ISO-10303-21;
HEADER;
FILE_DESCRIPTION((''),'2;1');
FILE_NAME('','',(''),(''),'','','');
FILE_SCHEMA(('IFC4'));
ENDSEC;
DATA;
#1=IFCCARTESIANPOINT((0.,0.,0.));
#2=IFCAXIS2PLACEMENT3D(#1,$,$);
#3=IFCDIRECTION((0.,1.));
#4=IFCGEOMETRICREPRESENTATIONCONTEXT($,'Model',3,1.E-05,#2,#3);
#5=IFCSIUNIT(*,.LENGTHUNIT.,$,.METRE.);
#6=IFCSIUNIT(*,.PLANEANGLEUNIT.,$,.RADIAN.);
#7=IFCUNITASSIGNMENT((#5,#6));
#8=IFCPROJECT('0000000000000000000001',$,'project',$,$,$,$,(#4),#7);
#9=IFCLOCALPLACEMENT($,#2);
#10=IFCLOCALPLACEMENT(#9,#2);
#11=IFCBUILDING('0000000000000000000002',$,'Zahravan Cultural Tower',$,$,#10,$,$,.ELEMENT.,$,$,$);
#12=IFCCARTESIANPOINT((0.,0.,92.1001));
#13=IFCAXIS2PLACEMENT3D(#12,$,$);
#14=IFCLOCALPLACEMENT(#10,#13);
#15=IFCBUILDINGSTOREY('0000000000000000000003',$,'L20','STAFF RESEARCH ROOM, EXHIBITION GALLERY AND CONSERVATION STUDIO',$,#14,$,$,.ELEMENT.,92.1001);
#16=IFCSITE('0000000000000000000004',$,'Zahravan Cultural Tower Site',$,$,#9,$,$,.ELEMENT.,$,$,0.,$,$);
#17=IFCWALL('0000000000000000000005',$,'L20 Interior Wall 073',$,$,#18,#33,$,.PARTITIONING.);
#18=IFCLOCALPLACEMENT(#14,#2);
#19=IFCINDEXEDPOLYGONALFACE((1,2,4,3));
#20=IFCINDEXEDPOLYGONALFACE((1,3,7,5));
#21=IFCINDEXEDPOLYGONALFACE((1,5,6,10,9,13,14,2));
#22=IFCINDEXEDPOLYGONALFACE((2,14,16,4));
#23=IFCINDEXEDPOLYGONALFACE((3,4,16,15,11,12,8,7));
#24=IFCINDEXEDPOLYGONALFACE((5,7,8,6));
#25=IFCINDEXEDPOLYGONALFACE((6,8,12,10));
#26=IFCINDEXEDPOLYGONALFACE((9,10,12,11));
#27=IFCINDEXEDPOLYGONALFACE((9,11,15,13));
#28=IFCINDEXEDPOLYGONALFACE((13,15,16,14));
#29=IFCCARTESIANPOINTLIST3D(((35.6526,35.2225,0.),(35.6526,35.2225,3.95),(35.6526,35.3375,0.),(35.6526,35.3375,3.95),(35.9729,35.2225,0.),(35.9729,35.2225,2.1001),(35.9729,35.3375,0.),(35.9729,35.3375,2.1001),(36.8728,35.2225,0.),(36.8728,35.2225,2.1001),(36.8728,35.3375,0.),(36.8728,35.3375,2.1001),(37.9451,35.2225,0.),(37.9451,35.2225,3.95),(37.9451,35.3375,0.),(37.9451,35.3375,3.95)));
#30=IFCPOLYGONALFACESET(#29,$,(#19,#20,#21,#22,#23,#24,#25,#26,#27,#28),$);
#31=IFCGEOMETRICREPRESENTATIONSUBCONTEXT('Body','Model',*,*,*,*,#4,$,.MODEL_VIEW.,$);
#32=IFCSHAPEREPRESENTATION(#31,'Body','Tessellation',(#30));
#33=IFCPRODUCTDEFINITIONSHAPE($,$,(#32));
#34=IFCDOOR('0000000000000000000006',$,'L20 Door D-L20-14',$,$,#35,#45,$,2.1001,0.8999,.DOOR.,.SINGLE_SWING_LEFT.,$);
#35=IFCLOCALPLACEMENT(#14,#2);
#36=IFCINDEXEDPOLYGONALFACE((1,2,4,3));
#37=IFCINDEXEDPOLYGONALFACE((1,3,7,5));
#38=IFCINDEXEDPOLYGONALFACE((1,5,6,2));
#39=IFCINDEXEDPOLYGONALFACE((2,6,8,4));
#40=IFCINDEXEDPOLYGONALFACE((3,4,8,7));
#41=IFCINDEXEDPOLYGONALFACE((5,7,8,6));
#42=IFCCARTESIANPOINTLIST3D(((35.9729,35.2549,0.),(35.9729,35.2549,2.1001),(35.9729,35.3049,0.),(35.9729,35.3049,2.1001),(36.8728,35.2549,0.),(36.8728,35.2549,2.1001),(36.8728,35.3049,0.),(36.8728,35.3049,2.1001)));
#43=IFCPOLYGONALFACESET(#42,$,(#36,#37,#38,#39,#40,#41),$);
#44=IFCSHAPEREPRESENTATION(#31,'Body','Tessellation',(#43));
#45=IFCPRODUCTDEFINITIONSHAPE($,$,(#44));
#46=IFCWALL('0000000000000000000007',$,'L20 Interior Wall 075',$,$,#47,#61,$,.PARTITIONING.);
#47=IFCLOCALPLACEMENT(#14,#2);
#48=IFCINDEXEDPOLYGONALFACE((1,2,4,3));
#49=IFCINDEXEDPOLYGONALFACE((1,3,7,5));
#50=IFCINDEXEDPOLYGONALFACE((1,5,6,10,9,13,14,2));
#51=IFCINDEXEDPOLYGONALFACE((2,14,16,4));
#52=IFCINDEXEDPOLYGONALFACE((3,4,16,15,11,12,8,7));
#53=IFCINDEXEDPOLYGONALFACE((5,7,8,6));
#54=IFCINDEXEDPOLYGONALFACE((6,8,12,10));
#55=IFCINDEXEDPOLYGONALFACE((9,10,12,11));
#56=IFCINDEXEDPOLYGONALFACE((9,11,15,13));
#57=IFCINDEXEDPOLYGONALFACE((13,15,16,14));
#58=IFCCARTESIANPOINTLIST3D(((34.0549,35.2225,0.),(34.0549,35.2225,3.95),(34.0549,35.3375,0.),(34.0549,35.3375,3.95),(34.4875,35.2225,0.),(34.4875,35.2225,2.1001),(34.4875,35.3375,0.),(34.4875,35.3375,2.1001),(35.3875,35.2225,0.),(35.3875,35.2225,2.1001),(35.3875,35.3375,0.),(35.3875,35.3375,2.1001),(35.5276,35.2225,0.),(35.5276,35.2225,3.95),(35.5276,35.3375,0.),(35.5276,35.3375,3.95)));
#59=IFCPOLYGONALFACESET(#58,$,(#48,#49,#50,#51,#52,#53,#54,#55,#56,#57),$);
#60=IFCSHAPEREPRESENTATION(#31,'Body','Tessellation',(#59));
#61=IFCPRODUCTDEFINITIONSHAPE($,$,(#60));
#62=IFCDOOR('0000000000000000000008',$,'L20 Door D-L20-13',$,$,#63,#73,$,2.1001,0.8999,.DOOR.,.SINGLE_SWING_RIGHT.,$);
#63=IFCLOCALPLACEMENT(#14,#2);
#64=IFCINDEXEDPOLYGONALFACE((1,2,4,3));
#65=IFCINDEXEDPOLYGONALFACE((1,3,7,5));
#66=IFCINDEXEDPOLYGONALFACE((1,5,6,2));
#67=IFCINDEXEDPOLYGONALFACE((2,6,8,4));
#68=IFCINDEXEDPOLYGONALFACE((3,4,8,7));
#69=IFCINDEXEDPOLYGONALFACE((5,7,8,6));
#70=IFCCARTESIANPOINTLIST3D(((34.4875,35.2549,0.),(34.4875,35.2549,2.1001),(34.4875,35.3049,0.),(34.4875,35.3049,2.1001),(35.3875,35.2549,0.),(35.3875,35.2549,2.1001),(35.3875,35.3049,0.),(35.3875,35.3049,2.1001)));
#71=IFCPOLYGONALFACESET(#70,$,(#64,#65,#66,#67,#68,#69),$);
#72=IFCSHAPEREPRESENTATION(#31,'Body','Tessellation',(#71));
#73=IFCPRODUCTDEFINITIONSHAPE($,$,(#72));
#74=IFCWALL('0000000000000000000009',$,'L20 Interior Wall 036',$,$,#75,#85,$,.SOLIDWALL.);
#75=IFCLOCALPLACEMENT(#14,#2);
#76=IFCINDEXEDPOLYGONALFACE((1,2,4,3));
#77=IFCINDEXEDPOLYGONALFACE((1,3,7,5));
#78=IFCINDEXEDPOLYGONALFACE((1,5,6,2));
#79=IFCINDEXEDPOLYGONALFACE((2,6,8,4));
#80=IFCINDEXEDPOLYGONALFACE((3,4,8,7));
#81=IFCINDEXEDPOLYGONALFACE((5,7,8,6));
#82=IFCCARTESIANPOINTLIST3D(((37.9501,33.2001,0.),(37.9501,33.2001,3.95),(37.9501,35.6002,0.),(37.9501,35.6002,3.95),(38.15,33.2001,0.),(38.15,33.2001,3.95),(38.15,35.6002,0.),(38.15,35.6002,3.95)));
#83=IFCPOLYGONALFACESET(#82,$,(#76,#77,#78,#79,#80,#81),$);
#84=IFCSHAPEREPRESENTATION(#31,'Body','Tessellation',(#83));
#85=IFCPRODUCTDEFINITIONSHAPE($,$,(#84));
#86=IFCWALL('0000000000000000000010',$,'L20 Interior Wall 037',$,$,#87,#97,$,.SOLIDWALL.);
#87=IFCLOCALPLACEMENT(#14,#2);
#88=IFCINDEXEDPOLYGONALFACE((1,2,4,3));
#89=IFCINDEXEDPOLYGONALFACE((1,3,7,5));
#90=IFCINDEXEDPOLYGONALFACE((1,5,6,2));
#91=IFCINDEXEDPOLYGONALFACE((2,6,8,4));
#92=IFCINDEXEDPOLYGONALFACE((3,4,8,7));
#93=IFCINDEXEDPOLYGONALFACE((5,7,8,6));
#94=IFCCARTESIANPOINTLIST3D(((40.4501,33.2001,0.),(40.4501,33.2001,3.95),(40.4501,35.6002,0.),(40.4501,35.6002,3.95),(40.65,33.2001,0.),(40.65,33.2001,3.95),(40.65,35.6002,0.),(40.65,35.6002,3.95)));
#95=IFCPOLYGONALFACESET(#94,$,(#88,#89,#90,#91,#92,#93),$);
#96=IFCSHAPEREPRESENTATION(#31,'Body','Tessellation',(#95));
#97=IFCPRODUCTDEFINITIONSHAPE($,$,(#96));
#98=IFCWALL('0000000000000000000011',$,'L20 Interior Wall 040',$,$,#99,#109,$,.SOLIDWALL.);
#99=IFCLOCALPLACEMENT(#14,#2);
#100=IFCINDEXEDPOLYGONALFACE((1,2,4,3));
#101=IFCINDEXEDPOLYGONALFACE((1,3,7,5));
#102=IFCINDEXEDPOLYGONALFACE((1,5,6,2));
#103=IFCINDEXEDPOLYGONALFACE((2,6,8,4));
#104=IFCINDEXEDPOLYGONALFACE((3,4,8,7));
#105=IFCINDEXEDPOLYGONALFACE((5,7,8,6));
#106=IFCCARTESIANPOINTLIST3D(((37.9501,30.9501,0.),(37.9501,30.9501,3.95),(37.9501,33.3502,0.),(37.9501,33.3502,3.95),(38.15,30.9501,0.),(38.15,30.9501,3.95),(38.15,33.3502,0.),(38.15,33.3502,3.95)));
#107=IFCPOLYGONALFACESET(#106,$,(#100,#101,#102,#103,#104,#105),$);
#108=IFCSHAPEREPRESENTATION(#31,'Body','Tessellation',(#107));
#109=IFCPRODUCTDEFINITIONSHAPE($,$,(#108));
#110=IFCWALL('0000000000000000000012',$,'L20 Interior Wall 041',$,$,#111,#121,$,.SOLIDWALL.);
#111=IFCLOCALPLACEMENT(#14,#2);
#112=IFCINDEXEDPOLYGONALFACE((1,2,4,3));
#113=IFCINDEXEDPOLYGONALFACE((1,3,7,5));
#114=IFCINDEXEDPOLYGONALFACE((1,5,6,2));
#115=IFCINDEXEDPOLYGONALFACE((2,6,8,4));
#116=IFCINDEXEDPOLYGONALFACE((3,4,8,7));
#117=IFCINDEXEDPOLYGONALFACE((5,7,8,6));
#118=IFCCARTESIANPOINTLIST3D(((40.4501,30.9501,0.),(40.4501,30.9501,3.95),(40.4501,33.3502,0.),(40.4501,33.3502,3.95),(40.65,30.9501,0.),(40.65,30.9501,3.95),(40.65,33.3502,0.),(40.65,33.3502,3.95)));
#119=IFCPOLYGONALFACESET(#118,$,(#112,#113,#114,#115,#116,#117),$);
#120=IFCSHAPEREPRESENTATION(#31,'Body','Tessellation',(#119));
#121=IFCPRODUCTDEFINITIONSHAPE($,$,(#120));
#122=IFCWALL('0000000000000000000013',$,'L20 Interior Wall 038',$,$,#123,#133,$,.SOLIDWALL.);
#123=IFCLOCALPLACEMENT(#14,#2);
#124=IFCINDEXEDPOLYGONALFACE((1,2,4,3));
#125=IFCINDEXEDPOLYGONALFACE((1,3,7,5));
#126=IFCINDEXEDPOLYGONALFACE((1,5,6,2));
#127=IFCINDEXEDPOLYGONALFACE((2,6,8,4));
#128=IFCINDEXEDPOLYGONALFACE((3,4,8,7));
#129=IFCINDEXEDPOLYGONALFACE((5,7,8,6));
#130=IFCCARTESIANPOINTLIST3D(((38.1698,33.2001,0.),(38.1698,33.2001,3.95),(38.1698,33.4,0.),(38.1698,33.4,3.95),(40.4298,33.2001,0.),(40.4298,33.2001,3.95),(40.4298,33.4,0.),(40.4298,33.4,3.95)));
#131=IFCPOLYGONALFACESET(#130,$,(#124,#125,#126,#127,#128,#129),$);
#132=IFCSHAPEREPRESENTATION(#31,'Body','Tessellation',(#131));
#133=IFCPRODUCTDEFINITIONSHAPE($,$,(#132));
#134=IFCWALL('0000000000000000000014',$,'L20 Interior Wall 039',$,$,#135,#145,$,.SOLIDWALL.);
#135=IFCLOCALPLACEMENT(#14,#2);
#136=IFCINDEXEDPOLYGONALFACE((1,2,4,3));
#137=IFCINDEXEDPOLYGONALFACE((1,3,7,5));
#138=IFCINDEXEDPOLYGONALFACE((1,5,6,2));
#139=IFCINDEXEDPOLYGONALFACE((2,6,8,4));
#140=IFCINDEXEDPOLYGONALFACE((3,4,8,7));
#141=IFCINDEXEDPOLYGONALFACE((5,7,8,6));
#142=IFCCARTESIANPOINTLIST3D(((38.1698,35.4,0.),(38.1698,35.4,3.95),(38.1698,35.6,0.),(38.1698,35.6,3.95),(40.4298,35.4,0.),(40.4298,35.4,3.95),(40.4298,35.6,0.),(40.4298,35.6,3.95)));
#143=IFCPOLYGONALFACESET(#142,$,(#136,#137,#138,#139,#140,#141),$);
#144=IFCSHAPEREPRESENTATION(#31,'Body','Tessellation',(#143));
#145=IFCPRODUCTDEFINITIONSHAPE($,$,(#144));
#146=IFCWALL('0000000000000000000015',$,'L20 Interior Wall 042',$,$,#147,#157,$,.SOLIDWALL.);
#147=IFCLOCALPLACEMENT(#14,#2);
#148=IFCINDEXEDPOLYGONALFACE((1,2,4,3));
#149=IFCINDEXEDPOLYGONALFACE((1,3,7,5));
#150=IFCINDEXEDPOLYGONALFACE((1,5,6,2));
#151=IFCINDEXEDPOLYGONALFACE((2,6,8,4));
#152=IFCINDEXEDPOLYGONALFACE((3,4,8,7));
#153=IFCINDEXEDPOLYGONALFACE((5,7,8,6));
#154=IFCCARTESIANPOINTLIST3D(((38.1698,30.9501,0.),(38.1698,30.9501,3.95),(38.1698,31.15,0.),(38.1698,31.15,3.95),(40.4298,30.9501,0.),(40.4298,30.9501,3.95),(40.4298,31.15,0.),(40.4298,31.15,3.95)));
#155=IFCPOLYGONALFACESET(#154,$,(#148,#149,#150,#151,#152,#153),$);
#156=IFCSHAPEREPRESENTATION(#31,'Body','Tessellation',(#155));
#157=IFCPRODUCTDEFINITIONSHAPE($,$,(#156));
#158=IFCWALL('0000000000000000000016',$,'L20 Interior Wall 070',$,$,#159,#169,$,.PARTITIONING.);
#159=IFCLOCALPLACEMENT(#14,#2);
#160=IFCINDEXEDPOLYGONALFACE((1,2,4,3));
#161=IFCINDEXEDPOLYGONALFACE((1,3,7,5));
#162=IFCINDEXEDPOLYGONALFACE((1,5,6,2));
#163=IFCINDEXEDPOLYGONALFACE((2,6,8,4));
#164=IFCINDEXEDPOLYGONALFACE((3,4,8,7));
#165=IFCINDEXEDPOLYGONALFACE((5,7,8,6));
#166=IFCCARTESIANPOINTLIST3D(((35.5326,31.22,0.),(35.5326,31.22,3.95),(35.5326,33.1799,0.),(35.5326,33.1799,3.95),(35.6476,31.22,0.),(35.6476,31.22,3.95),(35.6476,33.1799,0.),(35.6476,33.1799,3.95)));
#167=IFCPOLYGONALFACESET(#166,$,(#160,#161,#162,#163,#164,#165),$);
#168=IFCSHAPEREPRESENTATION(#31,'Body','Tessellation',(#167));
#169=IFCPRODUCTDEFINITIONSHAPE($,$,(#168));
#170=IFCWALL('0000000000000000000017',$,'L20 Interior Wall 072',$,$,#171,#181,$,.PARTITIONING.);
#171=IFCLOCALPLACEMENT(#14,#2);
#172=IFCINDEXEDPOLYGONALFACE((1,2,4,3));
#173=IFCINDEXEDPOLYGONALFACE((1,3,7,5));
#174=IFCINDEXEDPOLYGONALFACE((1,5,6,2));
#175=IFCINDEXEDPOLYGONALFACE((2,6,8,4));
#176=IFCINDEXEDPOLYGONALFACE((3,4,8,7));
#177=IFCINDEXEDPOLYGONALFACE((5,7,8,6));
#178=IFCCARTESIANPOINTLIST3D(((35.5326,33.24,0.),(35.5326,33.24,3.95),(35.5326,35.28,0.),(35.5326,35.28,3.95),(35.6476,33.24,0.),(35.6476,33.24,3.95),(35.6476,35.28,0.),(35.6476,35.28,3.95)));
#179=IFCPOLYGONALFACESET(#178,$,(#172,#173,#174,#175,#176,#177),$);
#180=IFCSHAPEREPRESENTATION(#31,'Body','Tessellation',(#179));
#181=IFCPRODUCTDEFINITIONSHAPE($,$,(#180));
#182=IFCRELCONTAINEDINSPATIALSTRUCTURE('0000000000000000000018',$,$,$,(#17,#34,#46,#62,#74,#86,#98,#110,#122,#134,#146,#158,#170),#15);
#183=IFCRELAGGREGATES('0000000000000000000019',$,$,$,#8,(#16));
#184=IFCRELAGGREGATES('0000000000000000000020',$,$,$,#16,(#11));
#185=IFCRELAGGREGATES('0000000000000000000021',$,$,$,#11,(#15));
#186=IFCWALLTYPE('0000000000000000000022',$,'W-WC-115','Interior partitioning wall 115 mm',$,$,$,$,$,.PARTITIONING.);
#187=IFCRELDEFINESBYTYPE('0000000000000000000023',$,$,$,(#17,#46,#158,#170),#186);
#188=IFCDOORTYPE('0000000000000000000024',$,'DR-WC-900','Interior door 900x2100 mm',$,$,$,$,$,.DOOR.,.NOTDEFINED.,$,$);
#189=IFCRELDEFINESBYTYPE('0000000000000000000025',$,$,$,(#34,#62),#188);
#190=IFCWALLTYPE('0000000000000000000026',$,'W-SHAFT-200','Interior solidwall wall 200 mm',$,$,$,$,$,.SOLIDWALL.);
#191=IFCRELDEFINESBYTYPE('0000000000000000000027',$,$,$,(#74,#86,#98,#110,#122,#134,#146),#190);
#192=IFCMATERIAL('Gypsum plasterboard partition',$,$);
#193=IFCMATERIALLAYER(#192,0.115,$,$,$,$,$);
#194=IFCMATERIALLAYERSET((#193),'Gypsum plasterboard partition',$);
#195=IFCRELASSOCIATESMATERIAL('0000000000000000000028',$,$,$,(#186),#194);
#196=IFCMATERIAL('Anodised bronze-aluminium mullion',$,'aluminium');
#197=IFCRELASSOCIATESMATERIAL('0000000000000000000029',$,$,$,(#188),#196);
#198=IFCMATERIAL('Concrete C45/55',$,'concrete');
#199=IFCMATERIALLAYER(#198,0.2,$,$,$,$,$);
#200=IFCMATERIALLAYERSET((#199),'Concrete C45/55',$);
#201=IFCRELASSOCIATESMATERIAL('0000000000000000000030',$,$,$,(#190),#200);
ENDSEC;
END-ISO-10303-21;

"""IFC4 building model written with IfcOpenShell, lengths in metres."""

from ifc_helpers import new_model, si_unit, direction, frame, frame_2d, origin, place, context, subcontext, project, spatial, rectangle, extrude, source, transform, mapped, material, layer, layer_set, type_object, element, fill, save


model = new_model("IFC4")

# Units and contexts
model_context = context("Model", 3, precision=1e-05, world=origin(), true_north=direction((0.0, 1.0)))
body_context = subcontext(model_context, "Body", "Model", "MODEL_VIEW")
ifc_project = project(units=[si_unit("LENGTHUNIT", "METRE"), si_unit("PLANEANGLEUNIT", "RADIAN")], contexts=[model_context])

# Site, building, storey
site_placement = place(None, origin())
site = spatial("IfcSite", under=ifc_project, at=site_placement, Name="Zahravan Cultural Tower Site", CompositionType="ELEMENT", RefElevation=0.0)
building_placement = place(site_placement, origin())
building = spatial("IfcBuilding", under=site, at=building_placement, Name="Zahravan Cultural Tower", CompositionType="ELEMENT")
storey_placement = place(building_placement, frame((0.0, 0.0, 92.1001)))
storey = spatial("IfcBuildingStorey", under=building, at=storey_placement, Name="L20", Description="STAFF RESEARCH ROOM, EXHIBITION GALLERY AND CONSERVATION STUDIO", CompositionType="ELEMENT", Elevation=92.1001)

# Shared definitions
ifc_material_1 = material(Name="Anodised bronze-aluminium mullion", Category="aluminium")

# Walls, openings, doors
ifc_material_2 = material(Name="Gypsum plasterboard partition")
ifc_layer_1 = layer(ifc_material_2, 0.115)
ifc_layer_set_1 = layer_set([ifc_layer_1], Name="Gypsum plasterboard partition")
wall_type_1 = type_object("IfcWallType", Name="W-WC-115", Description="Interior partitioning wall 115 mm", PredefinedType="PARTITIONING", material=ifc_layer_set_1)
door_type_1 = type_object("IfcDoorType", Name="DR-WC-900", Description="Interior door 900x2100 mm", OperationType="NOTDEFINED", PredefinedType="DOOR", material=ifc_material_1)
shared_shape_1 = source(origin(), body_context, "Body", "SweptSolid", [
    extrude(rectangle(XDim=0.8999, YDim=2.1001, at=frame_2d((0.45, 1.05))), frame((0.0, 0.0249, 0.0), z_axis=(0.0, -1.0, 0.0), x_axis=(1.0, 0.0, 0.0)), (0.0, 0.0, 1.0), 0.05),
])
wall_1_placement = place(storey_placement, frame((35.6526, 35.28, 0.0), z_axis=(0.0, 0.0, 1.0), x_axis=(1.0, 0.0, 0.0)))
wall_1 = element("IfcWall", 1, at=wall_1_placement, inside=storey, type_object=wall_type_1, Name="L20 Interior Wall 073", PredefinedType="PARTITIONING", context=body_context, shape_type="SweptSolid", body=[
    extrude(rectangle(XDim=2.2925, YDim=0.115, at=frame_2d((1.1462, 0.0))), origin(), (0.0, 0.0, 1.0), 3.95),
])
opening_1_placement = place(wall_1_placement, frame((0.3203, 0.0, 0.0)))
opening_1 = element("IfcOpeningElement", 2, at=opening_1_placement, cuts=wall_1, PredefinedType="OPENING", context=body_context, shape_type="SweptSolid", body=[
    extrude(rectangle(XDim=0.8999, YDim=2.1001, at=frame_2d((0.45, 1.05))), frame((0.0, 0.0674, 0.0), z_axis=(0.0, -1.0, 0.0), x_axis=(1.0, 0.0, 0.0)), (0.0, 0.0, 1.0), 0.135),
])
door_1_placement = place(opening_1_placement, origin())
door_1 = element("IfcDoor", 3, at=door_1_placement, inside=storey, type_object=door_type_1, Name="L20 Door D-L20-14", OperationType="SINGLE_SWING_LEFT", OverallHeight=2.1001, OverallWidth=0.8999, PredefinedType="DOOR", context=body_context, shape_type="MappedRepresentation", body=[
    mapped(shared_shape_1, transform((0.0, 0.0, 0.0), x_axis=(1.0, 0.0, 0.0), y_axis=(0.0, 1.0, 0.0), z_axis=(0.0, 0.0, 1.0), scale=1.0)),
])
fill(opening_1, door_1)
wall_2_placement = place(storey_placement, frame((34.0549, 35.28, 0.0), z_axis=(0.0, 0.0, 1.0), x_axis=(1.0, 0.0, 0.0)))
wall_2 = element("IfcWall", 4, at=wall_2_placement, inside=storey, type_object=wall_type_1, Name="L20 Interior Wall 075", PredefinedType="PARTITIONING", context=body_context, shape_type="SweptSolid", body=[
    extrude(rectangle(XDim=1.4727, YDim=0.115, at=frame_2d((0.7363, 0.0))), origin(), (0.0, 0.0, 1.0), 3.95),
])
opening_2_placement = place(wall_2_placement, frame((0.4326, 0.0, 0.0)))
opening_2 = element("IfcOpeningElement", 5, at=opening_2_placement, cuts=wall_2, PredefinedType="OPENING", context=body_context, shape_type="SweptSolid", body=[
    extrude(rectangle(XDim=0.8999, YDim=2.1001, at=frame_2d((0.45, 1.05))), frame((0.0, 0.0674, 0.0), z_axis=(0.0, -1.0, 0.0), x_axis=(1.0, 0.0, 0.0)), (0.0, 0.0, 1.0), 0.135),
])
door_2_placement = place(opening_2_placement, origin())
door_2 = element("IfcDoor", 6, at=door_2_placement, inside=storey, type_object=door_type_1, Name="L20 Door D-L20-13", OperationType="SINGLE_SWING_RIGHT", OverallHeight=2.1001, OverallWidth=0.8999, PredefinedType="DOOR", context=body_context, shape_type="MappedRepresentation", body=[
    mapped(shared_shape_1, transform((0.0, 0.0, 0.0), x_axis=(1.0, 0.0, 0.0), y_axis=(0.0, 1.0, 0.0), z_axis=(0.0, 0.0, 1.0), scale=1.0)),
])
fill(opening_2, door_2)

# Walls
ifc_material_3 = material(Name="Concrete C45/55", Category="concrete")
ifc_layer_2 = layer(ifc_material_3, 0.2)
ifc_layer_set_2 = layer_set([ifc_layer_2], Name="Concrete C45/55")
wall_type_2 = type_object("IfcWallType", Name="W-SHAFT-200", Description="Interior solidwall wall 200 mm", PredefinedType="SOLIDWALL", material=ifc_layer_set_2)
shared_shape_2 = source(origin(), body_context, "Body", "SweptSolid", [
    extrude(rectangle(XDim=2.4001, YDim=0.2, at=frame_2d((1.2002, 0.0))), origin(), (0.0, 0.0, 1.0), 3.95),
])
for number, where, z_axis, x_axis, name in (
    (7, (38.05, 33.2, 0.0), (0.0, 0.0, 1.0), (0.0, 1.0, 0.0), "L20 Interior Wall 036"),
    (8, (40.55, 33.2, 0.0), (0.0, 0.0, 1.0), (0.0, 1.0, 0.0), "L20 Interior Wall 037"),
    (9, (38.05, 30.95, 0.0), (0.0, 0.0, 1.0), (0.0, 1.0, 0.0), "L20 Interior Wall 040"),
    (10, (40.55, 30.95, 0.0), (0.0, 0.0, 1.0), (0.0, 1.0, 0.0), "L20 Interior Wall 041"),
):
    element("IfcWall", number, at=place(storey_placement, frame(where, z_axis=z_axis, x_axis=x_axis)), inside=storey, type_object=wall_type_2, Name=name, PredefinedType="SOLIDWALL", context=body_context, shape_type="MappedRepresentation", body=[
        mapped(shared_shape_2, transform((0.0, 0.0, 0.0), x_axis=(1.0, 0.0, 0.0), y_axis=(0.0, 1.0, 0.0), z_axis=(0.0, 0.0, 1.0), scale=1.0)),
    ])
shared_shape_3 = source(origin(), body_context, "Body", "SweptSolid", [
    extrude(rectangle(XDim=2.26, YDim=0.2, at=frame_2d((1.1299, 0.0))), origin(), (0.0, 0.0, 1.0), 3.95),
])
for number, where, z_axis, x_axis, name in (
    (11, (38.1699, 33.3, 0.0), (0.0, 0.0, 1.0), (1.0, 0.0, 0.0), "L20 Interior Wall 038"),
    (12, (38.1699, 35.5, 0.0), (0.0, 0.0, 1.0), (1.0, 0.0, 0.0), "L20 Interior Wall 039"),
    (13, (38.1699, 31.05, 0.0), (0.0, 0.0, 1.0), (1.0, 0.0, 0.0), "L20 Interior Wall 042"),
):
    element("IfcWall", number, at=place(storey_placement, frame(where, z_axis=z_axis, x_axis=x_axis)), inside=storey, type_object=wall_type_2, Name=name, PredefinedType="SOLIDWALL", context=body_context, shape_type="MappedRepresentation", body=[
        mapped(shared_shape_3, transform((0.0, 0.0, 0.0), x_axis=(1.0, 0.0, 0.0), y_axis=(0.0, 1.0, 0.0), z_axis=(0.0, 0.0, 1.0), scale=1.0)),
    ])
shared_shape_4 = source(origin(), body_context, "Body", "SweptSolid", [
    extrude(rectangle(XDim=1.96, YDim=0.115, at=frame_2d((0.98, 0.0))), origin(), (0.0, 0.0, 1.0), 3.95),
])
wall_3_placement = place(storey_placement, frame((35.5901, 31.22, 0.0), z_axis=(0.0, 0.0, 1.0), x_axis=(0.0, 1.0, 0.0)))
element("IfcWall", 14, at=wall_3_placement, inside=storey, type_object=wall_type_1, Name="L20 Interior Wall 070", PredefinedType="PARTITIONING", context=body_context, shape_type="MappedRepresentation", body=[
    mapped(shared_shape_4, transform((0.0, 0.0, 0.0), x_axis=(1.0, 0.0, 0.0), y_axis=(0.0, 1.0, 0.0), z_axis=(0.0, 0.0, 1.0), scale=1.0)),
])
shared_shape_5 = source(origin(), body_context, "Body", "SweptSolid", [
    extrude(rectangle(XDim=2.04, YDim=0.115, at=frame_2d((1.02, 0.0))), origin(), (0.0, 0.0, 1.0), 3.95),
])
wall_4_placement = place(storey_placement, frame((35.5901, 33.24, 0.0), z_axis=(0.0, 0.0, 1.0), x_axis=(0.0, 1.0, 0.0)))
element("IfcWall", 15, at=wall_4_placement, inside=storey, type_object=wall_type_1, Name="L20 Interior Wall 072", PredefinedType="PARTITIONING", context=body_context, shape_type="MappedRepresentation", body=[
    mapped(shared_shape_5, transform((0.0, 0.0, 0.0), x_axis=(1.0, 0.0, 0.0), y_axis=(0.0, 1.0, 0.0), z_axis=(0.0, 0.0, 1.0), scale=1.0)),
])

save(model, "model.ifc")
